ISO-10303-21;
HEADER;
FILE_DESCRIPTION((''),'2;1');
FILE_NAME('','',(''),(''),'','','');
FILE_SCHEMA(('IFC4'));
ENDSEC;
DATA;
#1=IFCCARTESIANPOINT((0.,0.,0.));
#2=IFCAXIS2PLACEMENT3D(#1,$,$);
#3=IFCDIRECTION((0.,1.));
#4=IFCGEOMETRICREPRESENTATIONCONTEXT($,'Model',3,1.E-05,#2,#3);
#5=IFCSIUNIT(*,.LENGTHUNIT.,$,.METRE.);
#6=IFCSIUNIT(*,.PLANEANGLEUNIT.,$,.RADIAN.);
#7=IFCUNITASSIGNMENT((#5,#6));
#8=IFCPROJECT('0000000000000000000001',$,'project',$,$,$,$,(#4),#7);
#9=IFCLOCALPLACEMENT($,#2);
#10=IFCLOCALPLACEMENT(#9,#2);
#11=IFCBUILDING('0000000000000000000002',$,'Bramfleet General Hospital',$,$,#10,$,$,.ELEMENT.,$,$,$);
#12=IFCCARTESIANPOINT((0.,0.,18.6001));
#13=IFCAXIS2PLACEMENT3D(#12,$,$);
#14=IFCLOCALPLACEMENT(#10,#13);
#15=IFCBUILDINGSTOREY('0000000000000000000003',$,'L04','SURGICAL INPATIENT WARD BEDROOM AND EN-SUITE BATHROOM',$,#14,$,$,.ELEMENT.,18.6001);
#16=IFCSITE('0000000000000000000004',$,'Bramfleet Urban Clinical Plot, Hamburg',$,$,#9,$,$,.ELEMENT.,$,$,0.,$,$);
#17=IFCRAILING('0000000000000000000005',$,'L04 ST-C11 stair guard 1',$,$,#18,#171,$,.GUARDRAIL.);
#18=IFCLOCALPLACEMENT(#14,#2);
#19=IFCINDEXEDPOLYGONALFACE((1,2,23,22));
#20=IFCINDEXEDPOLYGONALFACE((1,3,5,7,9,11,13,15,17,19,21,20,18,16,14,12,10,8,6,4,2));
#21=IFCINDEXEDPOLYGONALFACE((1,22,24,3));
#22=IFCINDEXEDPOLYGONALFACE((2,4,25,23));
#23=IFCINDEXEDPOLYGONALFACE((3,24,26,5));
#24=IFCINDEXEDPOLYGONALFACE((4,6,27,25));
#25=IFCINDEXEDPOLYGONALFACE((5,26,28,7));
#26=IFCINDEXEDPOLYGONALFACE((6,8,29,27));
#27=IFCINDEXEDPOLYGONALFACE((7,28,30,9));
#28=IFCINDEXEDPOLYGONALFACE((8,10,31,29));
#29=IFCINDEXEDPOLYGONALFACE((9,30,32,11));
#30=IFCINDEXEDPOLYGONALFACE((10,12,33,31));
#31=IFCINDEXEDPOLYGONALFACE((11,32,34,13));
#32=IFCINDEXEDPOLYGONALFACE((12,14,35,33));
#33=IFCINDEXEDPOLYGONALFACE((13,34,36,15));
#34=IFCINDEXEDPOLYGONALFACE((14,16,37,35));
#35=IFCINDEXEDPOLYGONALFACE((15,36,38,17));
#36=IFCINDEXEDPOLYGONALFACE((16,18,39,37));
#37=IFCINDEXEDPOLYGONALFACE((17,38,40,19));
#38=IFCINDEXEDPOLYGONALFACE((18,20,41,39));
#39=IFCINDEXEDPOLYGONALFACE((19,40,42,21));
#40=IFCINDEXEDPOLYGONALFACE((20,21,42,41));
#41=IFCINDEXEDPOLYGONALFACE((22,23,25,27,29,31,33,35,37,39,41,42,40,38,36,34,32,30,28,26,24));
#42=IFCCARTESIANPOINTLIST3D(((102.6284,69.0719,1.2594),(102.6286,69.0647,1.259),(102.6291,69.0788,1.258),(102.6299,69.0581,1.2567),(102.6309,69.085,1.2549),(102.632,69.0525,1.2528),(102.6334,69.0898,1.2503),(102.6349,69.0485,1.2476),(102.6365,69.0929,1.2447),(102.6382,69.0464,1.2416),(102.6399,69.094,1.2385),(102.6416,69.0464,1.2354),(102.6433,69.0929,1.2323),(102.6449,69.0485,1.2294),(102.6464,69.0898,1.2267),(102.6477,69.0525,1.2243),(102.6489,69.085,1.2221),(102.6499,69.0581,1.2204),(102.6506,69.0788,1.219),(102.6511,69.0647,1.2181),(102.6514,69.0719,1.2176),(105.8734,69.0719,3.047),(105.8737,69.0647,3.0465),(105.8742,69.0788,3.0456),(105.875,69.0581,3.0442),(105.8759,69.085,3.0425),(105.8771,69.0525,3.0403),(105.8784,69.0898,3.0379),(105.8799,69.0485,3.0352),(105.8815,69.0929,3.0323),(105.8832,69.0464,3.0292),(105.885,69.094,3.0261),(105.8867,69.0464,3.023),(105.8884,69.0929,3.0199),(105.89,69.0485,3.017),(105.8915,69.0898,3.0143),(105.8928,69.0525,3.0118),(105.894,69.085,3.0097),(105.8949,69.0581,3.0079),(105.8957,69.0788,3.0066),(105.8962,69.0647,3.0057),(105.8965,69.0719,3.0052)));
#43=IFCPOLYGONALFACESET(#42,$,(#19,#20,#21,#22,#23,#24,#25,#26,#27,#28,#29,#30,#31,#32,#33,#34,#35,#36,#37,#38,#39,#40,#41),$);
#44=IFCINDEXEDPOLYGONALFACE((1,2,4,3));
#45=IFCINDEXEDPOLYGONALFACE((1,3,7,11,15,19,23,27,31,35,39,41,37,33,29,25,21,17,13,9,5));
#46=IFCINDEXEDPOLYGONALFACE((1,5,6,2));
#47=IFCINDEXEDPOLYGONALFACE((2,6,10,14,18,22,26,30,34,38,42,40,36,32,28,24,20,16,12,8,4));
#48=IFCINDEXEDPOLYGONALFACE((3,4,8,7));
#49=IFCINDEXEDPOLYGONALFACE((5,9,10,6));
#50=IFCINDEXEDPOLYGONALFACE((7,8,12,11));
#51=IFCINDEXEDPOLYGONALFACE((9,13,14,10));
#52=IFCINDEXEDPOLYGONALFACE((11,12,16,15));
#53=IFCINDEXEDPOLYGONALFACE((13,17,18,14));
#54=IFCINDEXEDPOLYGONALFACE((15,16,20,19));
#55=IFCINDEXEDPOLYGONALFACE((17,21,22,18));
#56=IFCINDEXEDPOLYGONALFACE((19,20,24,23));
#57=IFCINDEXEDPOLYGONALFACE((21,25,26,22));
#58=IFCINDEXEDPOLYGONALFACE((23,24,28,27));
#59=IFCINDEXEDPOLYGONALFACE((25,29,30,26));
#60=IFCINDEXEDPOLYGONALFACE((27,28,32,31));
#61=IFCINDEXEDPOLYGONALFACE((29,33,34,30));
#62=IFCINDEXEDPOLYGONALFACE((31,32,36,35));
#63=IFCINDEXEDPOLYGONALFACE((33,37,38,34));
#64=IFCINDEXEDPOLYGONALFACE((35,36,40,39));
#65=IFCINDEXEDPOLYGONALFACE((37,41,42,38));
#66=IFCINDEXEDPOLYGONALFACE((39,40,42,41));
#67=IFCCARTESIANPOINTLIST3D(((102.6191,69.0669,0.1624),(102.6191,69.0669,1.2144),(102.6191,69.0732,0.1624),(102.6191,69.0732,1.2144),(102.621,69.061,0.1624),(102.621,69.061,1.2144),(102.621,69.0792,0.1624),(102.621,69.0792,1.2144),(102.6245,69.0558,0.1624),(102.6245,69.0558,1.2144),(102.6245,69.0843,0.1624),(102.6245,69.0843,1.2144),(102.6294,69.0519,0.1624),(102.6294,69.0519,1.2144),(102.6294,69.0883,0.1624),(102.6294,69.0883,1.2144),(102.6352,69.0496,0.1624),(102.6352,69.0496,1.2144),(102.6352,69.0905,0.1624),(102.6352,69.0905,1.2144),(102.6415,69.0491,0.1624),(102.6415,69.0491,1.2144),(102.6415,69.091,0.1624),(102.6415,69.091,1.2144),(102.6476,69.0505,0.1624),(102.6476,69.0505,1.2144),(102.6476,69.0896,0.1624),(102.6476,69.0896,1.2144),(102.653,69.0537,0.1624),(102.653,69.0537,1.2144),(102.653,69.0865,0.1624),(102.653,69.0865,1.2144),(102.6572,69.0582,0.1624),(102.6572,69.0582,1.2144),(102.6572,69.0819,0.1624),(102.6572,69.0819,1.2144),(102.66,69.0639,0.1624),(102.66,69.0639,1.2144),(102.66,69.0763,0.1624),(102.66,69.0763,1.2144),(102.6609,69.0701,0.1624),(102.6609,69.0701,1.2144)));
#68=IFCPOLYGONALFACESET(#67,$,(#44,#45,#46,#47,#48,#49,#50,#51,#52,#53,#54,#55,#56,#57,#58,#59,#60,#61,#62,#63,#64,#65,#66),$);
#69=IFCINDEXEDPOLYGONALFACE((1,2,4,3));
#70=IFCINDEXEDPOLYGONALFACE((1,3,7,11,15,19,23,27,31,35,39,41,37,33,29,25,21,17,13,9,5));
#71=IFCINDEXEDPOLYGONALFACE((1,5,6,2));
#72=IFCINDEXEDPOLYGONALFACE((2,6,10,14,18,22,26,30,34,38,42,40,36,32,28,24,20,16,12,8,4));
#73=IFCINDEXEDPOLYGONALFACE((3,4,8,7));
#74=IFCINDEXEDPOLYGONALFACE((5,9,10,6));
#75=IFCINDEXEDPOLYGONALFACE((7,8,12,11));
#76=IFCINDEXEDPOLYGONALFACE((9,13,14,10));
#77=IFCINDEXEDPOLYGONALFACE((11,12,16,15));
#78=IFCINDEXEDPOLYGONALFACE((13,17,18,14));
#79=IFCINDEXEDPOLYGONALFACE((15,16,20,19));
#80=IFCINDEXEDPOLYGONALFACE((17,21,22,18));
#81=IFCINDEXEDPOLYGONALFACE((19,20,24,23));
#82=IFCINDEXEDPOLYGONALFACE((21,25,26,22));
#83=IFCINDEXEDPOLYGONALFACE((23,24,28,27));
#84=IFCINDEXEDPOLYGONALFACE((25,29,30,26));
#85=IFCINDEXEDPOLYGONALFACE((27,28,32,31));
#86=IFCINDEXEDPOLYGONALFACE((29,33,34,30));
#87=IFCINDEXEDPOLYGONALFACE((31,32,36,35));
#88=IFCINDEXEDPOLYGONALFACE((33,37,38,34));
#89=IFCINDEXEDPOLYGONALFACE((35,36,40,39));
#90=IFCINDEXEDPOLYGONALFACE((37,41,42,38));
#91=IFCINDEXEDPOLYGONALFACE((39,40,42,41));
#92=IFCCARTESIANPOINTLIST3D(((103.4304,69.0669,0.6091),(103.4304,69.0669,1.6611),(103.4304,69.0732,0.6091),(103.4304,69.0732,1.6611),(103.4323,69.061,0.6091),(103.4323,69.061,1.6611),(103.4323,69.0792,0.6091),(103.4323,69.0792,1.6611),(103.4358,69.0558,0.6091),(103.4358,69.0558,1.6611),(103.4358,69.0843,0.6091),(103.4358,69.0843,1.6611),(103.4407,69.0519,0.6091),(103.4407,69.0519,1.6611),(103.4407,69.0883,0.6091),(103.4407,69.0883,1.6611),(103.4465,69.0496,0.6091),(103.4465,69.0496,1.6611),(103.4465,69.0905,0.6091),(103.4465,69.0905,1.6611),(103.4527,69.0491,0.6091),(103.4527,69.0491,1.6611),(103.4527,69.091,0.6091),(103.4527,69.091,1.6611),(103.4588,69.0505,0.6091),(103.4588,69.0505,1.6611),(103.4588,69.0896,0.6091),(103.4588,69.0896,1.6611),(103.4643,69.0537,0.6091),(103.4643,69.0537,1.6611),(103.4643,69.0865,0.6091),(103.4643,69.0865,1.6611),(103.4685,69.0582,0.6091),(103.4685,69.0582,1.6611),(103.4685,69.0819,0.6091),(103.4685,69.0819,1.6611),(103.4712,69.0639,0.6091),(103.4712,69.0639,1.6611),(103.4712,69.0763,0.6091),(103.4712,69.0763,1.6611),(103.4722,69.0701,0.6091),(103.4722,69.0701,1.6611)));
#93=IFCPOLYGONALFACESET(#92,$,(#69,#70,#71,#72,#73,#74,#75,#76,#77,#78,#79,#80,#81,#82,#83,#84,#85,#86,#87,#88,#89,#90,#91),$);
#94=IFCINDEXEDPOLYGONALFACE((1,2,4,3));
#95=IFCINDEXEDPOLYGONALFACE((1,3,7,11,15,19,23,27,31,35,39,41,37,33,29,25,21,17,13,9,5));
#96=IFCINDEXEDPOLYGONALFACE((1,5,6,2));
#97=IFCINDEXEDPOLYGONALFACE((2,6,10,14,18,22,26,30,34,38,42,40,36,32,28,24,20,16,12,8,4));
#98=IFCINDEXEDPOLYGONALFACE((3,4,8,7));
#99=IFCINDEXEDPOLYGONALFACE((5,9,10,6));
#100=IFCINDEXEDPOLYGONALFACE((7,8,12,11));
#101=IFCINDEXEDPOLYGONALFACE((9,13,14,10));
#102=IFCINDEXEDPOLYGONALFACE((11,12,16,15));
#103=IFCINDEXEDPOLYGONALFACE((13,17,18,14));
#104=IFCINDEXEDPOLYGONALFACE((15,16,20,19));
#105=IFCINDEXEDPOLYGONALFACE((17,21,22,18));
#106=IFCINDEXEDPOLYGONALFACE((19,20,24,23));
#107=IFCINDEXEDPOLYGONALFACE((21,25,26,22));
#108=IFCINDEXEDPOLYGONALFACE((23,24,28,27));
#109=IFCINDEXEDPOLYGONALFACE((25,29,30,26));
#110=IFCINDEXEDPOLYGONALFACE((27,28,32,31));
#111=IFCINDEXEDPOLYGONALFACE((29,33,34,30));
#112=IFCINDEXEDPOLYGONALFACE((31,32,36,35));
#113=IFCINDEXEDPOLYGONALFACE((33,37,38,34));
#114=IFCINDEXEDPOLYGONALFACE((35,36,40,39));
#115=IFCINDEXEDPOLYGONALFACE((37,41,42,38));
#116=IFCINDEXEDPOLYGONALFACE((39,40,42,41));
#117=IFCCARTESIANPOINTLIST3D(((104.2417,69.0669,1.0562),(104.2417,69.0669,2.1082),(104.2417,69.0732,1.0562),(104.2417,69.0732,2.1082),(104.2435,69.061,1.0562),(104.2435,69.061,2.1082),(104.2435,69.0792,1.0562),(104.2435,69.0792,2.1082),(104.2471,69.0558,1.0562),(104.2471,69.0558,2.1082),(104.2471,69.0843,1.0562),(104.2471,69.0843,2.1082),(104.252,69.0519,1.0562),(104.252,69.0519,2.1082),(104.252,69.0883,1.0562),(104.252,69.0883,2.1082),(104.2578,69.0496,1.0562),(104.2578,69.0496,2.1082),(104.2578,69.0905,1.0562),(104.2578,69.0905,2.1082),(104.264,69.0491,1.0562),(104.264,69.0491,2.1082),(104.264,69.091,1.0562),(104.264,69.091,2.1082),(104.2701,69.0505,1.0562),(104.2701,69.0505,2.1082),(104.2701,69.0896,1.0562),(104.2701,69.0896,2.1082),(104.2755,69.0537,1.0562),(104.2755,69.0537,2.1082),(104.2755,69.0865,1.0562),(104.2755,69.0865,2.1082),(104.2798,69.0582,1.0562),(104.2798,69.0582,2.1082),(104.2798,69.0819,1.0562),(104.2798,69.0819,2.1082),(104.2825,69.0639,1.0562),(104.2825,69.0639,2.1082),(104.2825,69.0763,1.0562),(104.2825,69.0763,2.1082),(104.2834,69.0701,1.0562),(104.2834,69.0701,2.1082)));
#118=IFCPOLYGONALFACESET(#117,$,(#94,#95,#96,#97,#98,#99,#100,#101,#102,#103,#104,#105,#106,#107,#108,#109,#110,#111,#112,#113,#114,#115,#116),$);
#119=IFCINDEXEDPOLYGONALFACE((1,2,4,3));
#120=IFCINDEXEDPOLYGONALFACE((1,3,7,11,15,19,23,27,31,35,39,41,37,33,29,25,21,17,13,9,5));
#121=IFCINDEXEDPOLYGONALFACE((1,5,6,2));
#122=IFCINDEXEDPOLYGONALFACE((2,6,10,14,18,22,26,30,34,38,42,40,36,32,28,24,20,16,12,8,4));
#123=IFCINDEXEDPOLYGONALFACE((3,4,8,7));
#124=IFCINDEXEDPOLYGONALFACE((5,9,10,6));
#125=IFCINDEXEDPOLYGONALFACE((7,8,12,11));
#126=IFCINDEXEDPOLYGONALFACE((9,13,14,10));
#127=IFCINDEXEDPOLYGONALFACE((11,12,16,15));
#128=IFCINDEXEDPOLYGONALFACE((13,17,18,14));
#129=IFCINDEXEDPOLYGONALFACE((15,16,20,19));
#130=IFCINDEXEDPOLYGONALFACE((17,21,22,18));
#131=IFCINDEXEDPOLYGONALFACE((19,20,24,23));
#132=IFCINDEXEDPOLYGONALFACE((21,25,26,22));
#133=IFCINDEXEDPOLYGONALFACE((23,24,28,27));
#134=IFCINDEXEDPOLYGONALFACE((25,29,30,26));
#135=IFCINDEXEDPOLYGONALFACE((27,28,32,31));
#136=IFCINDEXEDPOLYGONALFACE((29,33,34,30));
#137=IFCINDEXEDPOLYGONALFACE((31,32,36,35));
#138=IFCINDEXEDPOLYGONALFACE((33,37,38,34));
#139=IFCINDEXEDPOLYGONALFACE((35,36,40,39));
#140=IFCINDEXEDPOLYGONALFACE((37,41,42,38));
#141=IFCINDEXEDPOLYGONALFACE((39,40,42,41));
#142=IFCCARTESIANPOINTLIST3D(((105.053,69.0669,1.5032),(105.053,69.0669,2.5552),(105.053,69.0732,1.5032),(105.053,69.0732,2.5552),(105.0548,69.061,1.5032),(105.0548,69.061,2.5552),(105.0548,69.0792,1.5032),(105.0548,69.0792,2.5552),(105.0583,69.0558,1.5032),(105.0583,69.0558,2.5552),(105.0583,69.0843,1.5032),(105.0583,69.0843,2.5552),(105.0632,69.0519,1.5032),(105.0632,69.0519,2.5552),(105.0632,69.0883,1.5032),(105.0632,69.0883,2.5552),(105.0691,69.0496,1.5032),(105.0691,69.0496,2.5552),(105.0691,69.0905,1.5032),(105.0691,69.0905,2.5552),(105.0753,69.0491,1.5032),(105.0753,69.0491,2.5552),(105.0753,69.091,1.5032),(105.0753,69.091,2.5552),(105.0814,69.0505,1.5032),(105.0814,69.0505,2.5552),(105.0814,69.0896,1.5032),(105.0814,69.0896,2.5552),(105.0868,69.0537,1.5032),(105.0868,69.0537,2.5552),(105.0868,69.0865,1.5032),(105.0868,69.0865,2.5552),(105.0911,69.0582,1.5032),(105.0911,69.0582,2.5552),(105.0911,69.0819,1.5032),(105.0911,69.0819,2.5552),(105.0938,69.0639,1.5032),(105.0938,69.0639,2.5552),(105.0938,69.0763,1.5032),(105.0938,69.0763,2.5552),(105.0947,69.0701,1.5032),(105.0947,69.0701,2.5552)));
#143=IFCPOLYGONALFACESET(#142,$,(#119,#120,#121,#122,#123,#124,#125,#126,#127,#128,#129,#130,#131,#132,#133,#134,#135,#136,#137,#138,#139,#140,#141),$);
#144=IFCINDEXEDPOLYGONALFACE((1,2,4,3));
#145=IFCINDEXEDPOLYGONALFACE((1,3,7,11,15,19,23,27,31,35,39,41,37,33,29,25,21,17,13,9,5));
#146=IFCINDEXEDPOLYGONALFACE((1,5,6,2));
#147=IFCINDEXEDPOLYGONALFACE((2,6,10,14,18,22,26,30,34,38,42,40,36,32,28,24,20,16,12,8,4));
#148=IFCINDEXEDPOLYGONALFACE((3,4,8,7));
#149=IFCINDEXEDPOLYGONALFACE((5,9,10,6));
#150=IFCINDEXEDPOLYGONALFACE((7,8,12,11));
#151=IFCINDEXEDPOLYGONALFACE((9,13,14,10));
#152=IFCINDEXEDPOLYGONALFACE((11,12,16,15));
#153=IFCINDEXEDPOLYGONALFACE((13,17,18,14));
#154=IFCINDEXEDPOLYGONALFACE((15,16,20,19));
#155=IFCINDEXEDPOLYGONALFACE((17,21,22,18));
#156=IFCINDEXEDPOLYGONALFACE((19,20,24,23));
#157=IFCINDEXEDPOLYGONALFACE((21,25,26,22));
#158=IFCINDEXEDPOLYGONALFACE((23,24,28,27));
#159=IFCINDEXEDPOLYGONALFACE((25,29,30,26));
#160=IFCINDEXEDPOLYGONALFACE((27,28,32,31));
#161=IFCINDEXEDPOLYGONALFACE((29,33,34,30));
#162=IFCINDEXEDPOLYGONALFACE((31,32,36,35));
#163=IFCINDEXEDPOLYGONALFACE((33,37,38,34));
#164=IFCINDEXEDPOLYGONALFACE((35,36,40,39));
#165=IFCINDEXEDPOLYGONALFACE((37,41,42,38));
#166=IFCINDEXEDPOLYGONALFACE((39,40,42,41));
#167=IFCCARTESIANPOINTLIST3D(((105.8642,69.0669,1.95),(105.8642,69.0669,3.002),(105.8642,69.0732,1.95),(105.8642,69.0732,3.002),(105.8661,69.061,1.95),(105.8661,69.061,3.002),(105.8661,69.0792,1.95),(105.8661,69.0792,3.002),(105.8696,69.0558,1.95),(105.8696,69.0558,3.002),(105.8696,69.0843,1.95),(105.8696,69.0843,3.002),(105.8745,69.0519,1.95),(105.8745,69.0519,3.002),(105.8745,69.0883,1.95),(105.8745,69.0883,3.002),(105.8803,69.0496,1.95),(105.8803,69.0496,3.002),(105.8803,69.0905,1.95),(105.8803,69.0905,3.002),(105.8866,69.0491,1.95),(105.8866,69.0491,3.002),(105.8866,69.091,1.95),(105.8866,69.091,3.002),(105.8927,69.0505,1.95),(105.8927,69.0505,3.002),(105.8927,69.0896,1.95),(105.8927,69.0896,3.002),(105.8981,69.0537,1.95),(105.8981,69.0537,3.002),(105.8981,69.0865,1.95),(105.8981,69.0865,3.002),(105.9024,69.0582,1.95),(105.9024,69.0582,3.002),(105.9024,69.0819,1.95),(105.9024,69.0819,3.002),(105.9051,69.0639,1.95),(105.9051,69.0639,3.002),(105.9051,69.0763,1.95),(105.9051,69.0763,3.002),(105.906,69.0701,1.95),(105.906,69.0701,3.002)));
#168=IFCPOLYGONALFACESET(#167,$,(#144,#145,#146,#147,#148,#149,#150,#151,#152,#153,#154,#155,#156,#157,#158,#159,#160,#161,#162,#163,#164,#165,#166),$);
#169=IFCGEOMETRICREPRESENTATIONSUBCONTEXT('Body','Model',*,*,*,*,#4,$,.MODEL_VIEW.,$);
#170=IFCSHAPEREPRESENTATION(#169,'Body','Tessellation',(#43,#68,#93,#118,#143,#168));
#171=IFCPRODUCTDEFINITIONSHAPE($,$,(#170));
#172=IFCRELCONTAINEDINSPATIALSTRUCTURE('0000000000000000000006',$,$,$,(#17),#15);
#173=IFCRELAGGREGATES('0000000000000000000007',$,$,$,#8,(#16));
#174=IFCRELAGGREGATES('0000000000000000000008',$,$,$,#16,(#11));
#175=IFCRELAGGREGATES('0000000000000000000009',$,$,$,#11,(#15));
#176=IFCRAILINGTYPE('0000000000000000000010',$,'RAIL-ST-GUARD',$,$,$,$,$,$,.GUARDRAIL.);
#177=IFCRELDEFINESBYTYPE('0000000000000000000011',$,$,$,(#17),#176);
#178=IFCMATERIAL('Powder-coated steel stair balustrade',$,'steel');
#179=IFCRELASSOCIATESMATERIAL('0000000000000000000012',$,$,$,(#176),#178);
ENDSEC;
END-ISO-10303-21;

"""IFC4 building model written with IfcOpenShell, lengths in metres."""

from ifc_helpers import new_model, si_unit, direction, frame, origin, origin_2d, place, context, subcontext, project, spatial, circle, extrude, material, type_object, element, save


model = new_model("IFC4")

# Units and contexts
model_context = context("Model", 3, precision=1e-05, world=origin(), true_north=direction((0.0, 1.0)))
body_context = subcontext(model_context, "Body", "Model", "MODEL_VIEW")
ifc_project = project(units=[si_unit("LENGTHUNIT", "METRE"), si_unit("PLANEANGLEUNIT", "RADIAN")], contexts=[model_context])

# Site, building, storey
site_placement = place(None, origin())
site = spatial("IfcSite", under=ifc_project, at=site_placement, Name="Bramfleet Urban Clinical Plot, Hamburg", CompositionType="ELEMENT", RefElevation=0.0)
building_placement = place(site_placement, origin())
building = spatial("IfcBuilding", under=site, at=building_placement, Name="Bramfleet General Hospital", CompositionType="ELEMENT")
storey_placement = place(building_placement, frame((0.0, 0.0, 18.6001)))
storey = spatial("IfcBuildingStorey", under=building, at=storey_placement, Name="L04", Description="SURGICAL INPATIENT WARD BEDROOM AND EN-SUITE BATHROOM", CompositionType="ELEMENT", Elevation=18.6001)

# Railing
ifc_material_1 = material(Name="Powder-coated steel stair balustrade", Category="steel")
railing_type_1 = type_object("IfcRailingType", Name="RAIL-ST-GUARD", PredefinedType="GUARDRAIL", material=ifc_material_1)
railing_1_placement = place(storey_placement, frame((102.6399, 69.0701, 0.1624)))
element("IfcRailing", 1, at=railing_1_placement, inside=storey, type_object=railing_type_1, Name="L04 ST-C11 stair guard 1", PredefinedType="GUARDRAIL", context=body_context, shape_type="SweptSolid", body=[
    extrude(circle(Radius=0.0239, at=origin_2d()), frame((0.0, 0.0, 1.0762), z_axis=(0.875899, 0.0, 0.482495), x_axis=(0.0, 1.0, 0.0)), (0.0, 0.0, 1.0), 3.7048),
    extrude(circle(Radius=0.021, at=origin_2d()), origin(), (0.0, 0.0, 1.0), 1.052),
    extrude(circle(Radius=0.021, at=origin_2d()), frame((0.8113, 0.0, 0.4468)), (0.0, 0.0, 1.0), 1.052),
    extrude(circle(Radius=0.021, at=origin_2d()), frame((1.6226, 0.0, 0.8938)), (0.0, 0.0, 1.0), 1.052),
    extrude(circle(Radius=0.021, at=origin_2d()), frame((2.4338, 0.0, 1.3408)), (0.0, 0.0, 1.0), 1.052),
    extrude(circle(Radius=0.021, at=origin_2d()), frame((3.2451, 0.0, 1.7876)), (0.0, 0.0, 1.0), 1.052),
])

save(model, "model.ifc")
